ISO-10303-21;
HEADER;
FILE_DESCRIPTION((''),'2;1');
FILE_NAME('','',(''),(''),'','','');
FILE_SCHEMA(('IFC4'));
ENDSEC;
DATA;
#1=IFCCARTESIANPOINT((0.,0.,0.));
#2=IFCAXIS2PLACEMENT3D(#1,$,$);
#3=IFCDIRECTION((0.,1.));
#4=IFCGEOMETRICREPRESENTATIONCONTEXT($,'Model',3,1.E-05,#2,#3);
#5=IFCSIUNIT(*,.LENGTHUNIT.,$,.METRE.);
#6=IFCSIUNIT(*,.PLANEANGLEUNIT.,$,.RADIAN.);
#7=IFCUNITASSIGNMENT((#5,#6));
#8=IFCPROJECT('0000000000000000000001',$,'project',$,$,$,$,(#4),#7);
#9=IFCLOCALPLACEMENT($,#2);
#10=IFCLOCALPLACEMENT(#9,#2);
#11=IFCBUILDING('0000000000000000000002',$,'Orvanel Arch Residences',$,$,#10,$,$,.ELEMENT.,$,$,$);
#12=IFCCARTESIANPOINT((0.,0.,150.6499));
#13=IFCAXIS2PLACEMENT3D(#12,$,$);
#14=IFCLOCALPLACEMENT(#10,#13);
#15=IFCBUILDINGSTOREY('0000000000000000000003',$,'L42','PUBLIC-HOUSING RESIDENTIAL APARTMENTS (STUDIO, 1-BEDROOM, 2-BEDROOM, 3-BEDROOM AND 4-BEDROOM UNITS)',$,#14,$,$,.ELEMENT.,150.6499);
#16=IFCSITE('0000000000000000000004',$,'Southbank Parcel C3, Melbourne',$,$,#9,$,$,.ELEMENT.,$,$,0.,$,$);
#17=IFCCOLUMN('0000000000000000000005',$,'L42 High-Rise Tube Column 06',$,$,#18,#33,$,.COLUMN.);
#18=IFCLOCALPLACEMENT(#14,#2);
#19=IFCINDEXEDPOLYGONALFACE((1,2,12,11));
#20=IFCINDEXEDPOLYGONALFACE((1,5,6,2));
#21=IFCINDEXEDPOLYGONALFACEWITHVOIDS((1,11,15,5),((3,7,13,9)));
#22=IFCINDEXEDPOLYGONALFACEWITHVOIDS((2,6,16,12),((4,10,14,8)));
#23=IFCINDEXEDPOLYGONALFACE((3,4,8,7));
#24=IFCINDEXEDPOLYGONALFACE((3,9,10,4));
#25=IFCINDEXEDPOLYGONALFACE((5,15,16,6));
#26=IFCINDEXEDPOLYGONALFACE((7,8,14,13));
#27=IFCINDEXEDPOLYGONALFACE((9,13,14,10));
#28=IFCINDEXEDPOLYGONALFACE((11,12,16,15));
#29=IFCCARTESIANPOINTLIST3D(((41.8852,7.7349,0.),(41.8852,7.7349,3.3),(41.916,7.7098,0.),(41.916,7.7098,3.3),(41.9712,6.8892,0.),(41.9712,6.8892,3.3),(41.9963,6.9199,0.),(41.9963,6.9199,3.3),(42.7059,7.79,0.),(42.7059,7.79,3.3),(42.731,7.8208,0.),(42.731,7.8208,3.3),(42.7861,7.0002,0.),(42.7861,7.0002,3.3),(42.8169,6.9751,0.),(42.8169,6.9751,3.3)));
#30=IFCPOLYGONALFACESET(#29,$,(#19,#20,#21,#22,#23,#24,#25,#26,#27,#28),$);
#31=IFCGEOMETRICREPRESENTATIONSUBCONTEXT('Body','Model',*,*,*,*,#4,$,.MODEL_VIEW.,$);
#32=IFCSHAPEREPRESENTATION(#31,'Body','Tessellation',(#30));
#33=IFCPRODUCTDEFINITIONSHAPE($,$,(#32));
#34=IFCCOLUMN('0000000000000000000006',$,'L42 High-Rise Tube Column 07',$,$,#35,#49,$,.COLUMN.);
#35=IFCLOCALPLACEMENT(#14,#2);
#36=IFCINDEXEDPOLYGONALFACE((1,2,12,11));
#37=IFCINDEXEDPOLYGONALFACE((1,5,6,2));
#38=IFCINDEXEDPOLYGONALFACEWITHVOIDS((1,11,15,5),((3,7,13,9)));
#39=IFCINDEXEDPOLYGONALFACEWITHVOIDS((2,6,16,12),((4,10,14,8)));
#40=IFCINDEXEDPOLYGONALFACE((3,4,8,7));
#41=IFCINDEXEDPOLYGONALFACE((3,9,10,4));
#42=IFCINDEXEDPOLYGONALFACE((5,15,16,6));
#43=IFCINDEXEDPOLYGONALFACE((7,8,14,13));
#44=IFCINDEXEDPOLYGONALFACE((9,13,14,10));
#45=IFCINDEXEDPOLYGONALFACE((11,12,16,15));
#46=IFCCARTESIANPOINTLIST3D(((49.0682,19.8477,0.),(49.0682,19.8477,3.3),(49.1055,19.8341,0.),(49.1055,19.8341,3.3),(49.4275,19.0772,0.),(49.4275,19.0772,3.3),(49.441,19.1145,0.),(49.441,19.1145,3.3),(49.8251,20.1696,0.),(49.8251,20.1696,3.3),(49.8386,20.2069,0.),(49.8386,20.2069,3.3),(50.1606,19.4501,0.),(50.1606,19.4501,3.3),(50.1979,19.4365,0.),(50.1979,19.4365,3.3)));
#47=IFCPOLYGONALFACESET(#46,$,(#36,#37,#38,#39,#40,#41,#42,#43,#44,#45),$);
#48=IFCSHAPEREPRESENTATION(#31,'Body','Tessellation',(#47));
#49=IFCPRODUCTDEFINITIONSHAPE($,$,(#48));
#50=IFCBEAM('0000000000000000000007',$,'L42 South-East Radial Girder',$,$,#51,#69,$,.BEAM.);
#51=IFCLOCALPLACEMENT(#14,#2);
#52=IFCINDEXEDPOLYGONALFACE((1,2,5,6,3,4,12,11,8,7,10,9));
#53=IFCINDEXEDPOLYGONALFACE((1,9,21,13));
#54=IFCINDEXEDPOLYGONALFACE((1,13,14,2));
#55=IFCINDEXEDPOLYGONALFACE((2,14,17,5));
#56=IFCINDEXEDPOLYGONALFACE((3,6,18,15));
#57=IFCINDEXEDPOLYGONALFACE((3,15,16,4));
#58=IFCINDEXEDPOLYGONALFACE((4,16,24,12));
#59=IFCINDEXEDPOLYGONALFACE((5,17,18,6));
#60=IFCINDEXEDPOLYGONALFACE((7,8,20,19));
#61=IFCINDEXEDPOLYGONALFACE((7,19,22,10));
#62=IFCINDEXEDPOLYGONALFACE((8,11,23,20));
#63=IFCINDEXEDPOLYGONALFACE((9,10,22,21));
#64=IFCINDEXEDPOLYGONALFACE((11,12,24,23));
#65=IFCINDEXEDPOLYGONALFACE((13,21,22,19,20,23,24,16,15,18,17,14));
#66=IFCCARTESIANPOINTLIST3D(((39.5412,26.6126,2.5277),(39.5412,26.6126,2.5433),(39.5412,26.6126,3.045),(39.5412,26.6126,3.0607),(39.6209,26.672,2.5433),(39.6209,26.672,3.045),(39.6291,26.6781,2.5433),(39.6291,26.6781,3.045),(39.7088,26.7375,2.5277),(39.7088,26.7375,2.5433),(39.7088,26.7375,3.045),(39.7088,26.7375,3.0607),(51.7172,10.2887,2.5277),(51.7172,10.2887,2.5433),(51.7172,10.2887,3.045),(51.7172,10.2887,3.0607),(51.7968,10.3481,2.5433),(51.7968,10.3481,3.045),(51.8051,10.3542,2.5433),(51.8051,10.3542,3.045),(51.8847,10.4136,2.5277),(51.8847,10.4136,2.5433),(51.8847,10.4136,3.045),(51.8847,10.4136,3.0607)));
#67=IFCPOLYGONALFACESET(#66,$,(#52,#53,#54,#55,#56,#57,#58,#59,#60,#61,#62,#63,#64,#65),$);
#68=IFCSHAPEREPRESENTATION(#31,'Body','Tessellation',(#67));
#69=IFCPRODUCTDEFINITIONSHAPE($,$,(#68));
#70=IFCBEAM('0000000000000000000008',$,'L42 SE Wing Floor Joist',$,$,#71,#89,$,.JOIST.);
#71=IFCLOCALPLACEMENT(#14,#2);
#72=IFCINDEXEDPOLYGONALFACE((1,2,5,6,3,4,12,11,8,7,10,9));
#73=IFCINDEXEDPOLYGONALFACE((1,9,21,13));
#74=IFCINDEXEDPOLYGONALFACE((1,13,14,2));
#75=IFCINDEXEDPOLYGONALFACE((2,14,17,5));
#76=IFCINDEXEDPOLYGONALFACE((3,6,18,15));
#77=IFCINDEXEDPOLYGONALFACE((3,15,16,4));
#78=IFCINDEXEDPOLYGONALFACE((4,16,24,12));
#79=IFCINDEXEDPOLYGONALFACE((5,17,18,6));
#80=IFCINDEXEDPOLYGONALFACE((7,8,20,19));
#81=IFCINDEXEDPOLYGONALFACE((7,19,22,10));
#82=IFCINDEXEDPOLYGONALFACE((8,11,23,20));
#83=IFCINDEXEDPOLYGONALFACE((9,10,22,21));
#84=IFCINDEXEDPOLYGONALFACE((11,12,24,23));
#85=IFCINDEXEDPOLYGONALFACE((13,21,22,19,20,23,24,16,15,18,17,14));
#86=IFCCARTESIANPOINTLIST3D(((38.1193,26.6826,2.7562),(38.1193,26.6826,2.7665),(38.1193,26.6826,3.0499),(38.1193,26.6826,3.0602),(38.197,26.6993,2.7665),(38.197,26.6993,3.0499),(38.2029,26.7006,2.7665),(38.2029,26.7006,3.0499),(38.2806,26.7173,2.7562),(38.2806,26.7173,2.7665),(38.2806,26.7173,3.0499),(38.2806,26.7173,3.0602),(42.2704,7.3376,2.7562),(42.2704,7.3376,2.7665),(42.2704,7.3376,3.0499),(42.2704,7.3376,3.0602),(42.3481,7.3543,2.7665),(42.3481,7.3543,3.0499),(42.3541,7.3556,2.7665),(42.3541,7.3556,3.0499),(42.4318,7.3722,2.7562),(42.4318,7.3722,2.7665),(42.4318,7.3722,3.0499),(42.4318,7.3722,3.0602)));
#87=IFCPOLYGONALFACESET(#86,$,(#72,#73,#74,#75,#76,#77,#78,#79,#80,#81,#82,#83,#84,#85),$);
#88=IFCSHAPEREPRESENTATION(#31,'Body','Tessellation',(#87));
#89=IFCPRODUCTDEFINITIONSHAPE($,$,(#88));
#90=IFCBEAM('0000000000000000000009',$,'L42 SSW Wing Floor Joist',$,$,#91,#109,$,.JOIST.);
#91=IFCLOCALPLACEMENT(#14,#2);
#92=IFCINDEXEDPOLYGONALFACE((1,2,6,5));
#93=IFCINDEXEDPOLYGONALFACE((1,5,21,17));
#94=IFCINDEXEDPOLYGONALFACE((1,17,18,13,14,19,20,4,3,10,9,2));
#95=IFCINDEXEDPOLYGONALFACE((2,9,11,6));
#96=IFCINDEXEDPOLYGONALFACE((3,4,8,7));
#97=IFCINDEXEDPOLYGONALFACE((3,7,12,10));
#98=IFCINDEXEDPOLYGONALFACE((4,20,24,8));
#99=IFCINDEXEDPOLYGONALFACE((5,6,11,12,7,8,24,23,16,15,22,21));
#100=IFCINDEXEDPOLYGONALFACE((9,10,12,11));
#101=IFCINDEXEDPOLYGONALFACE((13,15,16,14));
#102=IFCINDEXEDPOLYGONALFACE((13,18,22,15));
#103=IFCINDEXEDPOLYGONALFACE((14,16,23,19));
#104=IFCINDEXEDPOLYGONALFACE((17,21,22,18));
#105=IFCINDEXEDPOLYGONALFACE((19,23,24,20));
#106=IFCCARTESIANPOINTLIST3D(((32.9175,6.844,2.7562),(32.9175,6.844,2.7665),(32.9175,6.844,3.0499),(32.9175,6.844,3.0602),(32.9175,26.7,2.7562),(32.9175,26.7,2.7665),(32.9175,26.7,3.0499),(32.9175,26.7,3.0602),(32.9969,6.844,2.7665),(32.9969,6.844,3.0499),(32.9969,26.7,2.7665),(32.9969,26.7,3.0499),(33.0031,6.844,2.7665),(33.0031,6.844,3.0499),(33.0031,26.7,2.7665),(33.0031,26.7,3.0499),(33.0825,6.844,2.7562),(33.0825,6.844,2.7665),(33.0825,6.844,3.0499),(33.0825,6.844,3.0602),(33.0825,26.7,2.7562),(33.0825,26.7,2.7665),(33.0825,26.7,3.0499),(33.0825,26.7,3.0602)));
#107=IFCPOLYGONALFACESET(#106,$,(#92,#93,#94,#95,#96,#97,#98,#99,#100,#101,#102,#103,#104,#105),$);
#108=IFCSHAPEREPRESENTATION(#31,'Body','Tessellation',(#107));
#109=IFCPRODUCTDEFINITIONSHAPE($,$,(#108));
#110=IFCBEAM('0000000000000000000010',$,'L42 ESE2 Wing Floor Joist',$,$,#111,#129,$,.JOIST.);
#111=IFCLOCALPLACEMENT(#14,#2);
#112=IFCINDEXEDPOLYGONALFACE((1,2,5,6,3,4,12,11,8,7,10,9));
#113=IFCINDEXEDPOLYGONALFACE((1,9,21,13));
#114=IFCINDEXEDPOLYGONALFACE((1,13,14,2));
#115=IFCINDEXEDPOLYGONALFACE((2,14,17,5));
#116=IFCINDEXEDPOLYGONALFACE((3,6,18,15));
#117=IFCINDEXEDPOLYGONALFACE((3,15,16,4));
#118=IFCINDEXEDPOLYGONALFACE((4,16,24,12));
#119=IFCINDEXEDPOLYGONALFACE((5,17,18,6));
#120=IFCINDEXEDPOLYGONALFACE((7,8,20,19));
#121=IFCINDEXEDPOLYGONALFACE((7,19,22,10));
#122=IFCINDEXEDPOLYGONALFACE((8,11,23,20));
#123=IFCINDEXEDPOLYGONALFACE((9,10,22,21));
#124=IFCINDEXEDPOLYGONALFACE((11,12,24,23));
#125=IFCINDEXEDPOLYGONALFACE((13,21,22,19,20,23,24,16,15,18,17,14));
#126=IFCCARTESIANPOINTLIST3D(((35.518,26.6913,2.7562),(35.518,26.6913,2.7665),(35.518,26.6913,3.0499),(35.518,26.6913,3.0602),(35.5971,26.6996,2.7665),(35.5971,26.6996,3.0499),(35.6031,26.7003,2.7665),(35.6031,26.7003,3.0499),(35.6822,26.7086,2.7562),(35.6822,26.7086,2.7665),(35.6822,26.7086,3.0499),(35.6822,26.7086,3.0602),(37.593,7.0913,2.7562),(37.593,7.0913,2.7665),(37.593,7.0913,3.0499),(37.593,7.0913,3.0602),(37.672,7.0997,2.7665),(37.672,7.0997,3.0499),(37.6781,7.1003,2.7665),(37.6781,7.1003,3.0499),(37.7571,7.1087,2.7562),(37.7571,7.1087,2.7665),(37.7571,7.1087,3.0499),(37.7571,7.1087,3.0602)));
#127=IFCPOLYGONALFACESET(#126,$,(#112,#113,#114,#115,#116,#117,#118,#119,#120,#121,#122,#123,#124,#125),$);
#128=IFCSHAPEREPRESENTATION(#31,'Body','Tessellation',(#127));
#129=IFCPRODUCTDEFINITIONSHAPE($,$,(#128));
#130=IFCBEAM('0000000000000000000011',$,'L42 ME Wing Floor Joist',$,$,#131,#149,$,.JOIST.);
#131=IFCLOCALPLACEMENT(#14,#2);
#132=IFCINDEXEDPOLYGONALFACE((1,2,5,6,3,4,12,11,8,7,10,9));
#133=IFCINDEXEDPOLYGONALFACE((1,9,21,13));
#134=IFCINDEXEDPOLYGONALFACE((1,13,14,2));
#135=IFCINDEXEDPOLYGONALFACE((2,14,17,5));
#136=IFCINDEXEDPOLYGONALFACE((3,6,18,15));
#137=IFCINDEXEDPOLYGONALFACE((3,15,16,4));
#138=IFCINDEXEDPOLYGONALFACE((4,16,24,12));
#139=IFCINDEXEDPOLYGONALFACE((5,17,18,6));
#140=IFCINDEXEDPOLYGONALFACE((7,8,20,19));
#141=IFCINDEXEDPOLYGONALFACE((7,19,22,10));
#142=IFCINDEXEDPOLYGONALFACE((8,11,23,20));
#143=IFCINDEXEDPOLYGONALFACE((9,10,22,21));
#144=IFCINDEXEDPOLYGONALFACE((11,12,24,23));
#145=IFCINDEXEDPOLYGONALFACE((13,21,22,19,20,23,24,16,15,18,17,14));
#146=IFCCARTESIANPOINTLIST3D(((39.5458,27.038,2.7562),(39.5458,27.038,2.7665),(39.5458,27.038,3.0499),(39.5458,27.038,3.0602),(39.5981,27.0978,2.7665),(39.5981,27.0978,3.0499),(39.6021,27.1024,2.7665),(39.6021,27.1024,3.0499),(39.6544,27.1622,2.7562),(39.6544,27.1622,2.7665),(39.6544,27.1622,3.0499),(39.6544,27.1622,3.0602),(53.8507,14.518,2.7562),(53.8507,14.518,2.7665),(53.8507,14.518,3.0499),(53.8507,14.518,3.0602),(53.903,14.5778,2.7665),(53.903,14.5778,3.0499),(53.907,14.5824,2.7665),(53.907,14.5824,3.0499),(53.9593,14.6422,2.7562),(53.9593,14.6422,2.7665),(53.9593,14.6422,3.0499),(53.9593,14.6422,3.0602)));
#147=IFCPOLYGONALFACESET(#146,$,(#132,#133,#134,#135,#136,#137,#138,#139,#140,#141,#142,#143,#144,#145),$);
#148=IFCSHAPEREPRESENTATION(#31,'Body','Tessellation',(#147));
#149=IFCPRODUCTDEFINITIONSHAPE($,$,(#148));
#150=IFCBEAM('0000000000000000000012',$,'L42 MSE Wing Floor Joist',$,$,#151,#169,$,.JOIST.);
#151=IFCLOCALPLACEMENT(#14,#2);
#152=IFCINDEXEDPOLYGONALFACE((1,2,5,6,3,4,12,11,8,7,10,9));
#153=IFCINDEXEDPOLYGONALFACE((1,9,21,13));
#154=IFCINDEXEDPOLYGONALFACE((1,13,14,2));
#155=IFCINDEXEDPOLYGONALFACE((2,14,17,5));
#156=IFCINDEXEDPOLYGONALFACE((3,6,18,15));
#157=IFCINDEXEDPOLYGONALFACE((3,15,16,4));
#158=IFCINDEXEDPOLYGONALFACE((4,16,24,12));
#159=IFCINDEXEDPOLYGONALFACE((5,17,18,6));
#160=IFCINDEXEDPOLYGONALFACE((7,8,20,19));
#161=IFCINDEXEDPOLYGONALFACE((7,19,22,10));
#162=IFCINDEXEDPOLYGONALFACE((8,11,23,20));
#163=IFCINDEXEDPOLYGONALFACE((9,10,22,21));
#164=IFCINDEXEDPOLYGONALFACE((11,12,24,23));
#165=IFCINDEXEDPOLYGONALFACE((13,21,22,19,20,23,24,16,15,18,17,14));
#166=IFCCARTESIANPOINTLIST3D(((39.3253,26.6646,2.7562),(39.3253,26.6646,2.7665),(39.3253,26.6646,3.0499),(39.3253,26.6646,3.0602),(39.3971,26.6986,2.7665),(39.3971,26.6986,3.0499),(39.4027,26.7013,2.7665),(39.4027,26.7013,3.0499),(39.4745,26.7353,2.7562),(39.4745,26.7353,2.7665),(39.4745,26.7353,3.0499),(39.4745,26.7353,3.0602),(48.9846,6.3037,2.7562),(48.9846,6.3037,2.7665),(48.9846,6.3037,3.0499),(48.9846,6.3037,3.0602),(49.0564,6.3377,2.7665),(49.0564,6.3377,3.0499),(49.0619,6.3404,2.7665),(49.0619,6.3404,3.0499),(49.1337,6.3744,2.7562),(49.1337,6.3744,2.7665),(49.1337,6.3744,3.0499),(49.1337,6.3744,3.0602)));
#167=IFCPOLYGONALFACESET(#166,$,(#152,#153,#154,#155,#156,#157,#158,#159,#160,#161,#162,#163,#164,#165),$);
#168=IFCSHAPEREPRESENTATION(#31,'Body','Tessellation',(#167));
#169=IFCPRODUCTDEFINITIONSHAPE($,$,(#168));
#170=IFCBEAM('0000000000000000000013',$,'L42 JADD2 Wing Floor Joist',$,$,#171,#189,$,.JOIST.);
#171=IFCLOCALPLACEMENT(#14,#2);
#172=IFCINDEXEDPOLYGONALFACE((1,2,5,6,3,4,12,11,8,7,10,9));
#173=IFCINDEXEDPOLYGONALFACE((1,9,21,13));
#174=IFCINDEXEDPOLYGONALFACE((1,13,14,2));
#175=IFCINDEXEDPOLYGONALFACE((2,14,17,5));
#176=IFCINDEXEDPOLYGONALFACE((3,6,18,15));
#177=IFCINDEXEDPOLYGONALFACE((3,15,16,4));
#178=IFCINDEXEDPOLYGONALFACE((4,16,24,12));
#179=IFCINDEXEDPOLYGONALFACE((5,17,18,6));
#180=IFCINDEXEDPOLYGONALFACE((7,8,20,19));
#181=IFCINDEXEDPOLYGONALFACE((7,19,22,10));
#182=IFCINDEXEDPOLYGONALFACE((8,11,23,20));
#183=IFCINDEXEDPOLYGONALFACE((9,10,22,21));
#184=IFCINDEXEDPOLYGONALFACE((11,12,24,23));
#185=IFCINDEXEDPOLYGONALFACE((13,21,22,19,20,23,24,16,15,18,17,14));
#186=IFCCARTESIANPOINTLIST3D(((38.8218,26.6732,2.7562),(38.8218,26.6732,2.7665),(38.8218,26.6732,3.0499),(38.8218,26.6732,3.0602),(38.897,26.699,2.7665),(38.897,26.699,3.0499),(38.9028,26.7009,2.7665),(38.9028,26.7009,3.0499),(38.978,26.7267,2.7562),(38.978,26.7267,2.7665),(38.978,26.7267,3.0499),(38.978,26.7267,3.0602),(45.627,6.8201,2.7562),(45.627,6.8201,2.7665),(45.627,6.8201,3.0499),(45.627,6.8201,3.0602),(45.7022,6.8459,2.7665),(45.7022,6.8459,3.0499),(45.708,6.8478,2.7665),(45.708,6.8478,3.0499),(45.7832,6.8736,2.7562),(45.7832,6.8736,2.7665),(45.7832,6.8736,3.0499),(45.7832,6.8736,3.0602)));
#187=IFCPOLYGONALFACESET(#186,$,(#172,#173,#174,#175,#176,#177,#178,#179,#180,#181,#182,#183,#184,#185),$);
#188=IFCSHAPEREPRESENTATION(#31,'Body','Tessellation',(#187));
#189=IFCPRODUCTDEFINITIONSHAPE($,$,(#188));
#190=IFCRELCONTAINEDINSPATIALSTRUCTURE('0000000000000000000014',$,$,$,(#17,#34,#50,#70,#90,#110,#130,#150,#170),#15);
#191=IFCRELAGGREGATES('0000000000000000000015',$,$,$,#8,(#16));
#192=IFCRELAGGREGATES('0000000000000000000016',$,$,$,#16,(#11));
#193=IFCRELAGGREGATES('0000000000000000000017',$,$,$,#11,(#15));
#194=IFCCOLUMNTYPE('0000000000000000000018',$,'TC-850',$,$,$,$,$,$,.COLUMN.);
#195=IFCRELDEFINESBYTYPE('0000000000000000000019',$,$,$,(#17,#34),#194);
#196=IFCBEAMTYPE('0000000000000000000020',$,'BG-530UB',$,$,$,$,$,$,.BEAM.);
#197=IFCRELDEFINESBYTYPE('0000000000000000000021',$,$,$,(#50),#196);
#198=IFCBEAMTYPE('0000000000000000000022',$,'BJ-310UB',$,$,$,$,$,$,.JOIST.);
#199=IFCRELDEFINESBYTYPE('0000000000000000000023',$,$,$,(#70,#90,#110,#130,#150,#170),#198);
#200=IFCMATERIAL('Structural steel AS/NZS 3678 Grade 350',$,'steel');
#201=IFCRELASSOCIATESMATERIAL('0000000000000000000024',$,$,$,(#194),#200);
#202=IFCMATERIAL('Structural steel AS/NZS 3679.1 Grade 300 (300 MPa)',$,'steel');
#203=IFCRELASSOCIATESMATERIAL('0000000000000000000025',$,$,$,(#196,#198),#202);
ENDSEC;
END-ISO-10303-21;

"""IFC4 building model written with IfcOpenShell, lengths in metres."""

from ifc_helpers import new_model, si_unit, direction, frame, origin, origin_2d, place, context, subcontext, project, spatial, hollow_rectangle, i_section, extrude, material, material_profile, profile_set, type_object, element, save


model = new_model("IFC4")

# Units and contexts
model_context = context("Model", 3, precision=1e-05, world=origin(), true_north=direction((0.0, 1.0)))
body_context = subcontext(model_context, "Body", "Model", "MODEL_VIEW")
ifc_project = project(units=[si_unit("LENGTHUNIT", "METRE"), si_unit("PLANEANGLEUNIT", "RADIAN")], contexts=[model_context])

# Site, building, storey
site_placement = place(None, origin())
site = spatial("IfcSite", under=ifc_project, at=site_placement, Name="Southbank Parcel C3, Melbourne", CompositionType="ELEMENT", RefElevation=0.0)
building_placement = place(site_placement, origin())
building = spatial("IfcBuilding", under=site, at=building_placement, Name="Orvanel Arch Residences", CompositionType="ELEMENT")
storey_placement = place(building_placement, frame((0.0, 0.0, 150.6499)))
storey = spatial("IfcBuildingStorey", under=building, at=storey_placement, Name="L42", Description="PUBLIC-HOUSING RESIDENTIAL APARTMENTS (STUDIO, 1-BEDROOM, 2-BEDROOM, 3-BEDROOM AND 4-BEDROOM UNITS)", CompositionType="ELEMENT", Elevation=150.6499)

# Columns
ifc_material_1 = material(Name="Structural steel AS/NZS 3678 Grade 350", Category="steel")
ifc_material_profile_1 = material_profile(ifc_material_1, hollow_rectangle(XDim=0.8501, YDim=0.8501, WallThickness=0.0281, at=origin_2d()), Name="BOX850x850x28")
ifc_profile_set_1 = profile_set([ifc_material_profile_1], Name="Structural steel AS/NZS 3678 Grade 350")
column_type = type_object("IfcColumnType", Name="TC-850", PredefinedType="COLUMN", material=ifc_profile_set_1)
for number, where, z_axis, x_axis, name in (
    (1, (42.3511, 7.355, 0.0), (0.0, 0.0, 1.0), (0.994881, 0.101056, 0.0), "L42 High-Rise Tube Column 06"),
    (2, (49.6331, 19.6421, 0.0), (0.0, 0.0, 1.0), (-0.422618, 0.906308, 0.0), "L42 High-Rise Tube Column 07"),
):
    element("IfcColumn", number, at=place(storey_placement, frame(where, z_axis=z_axis, x_axis=x_axis)), inside=storey, type_object=column_type, Name=name, PredefinedType="COLUMN", context=body_context, shape_type="SweptSolid", body=[
        extrude(hollow_rectangle(XDim=0.8501, YDim=0.8501, WallThickness=0.0281, at=origin_2d()), origin(), (0.0, 0.0, 1.0), 3.3),
    ])

# Beams
ifc_material_2 = material(Name="Structural steel AS/NZS 3679.1 Grade 300 (300 MPa)", Category="steel")
ifc_material_profile_2 = material_profile(ifc_material_2, i_section(OverallWidth=0.209, OverallDepth=0.533, WebThickness=0.0103, FlangeThickness=0.0156, at=origin_2d()), Name="530UB92.4")
ifc_profile_set_2 = profile_set([ifc_material_profile_2], Name="Structural steel AS/NZS 3679.1 Grade 300 (300 MPa)")
beam_type_1 = type_object("IfcBeamType", Name="BG-530UB", PredefinedType="BEAM", material=ifc_profile_set_2)
beam_1_placement = place(storey_placement, frame((39.625, 26.675, 2.7942), z_axis=(0.597894, -0.801575, 0.0), x_axis=(0.801575, 0.597894, 0.0)))
element("IfcBeam", 3, at=beam_1_placement, inside=storey, type_object=beam_type_1, Name="L42 South-East Radial Girder", PredefinedType="BEAM", context=body_context, shape_type="SweptSolid", body=[
    extrude(i_section(OverallWidth=0.209, OverallDepth=0.533, WebThickness=0.0103, FlangeThickness=0.0156, at=origin_2d()), origin(), (0.0, 0.0, 1.0), 20.3647),
])
ifc_material_profile_3 = material_profile(ifc_material_2, i_section(OverallWidth=0.165, OverallDepth=0.304, WebThickness=0.0061, FlangeThickness=0.0103, at=origin_2d()), Name="310UB40.4")
ifc_profile_set_3 = profile_set([ifc_material_profile_3], Name="Structural steel AS/NZS 3679.1 Grade 300 (300 MPa)")
beam_type_2 = type_object("IfcBeamType", Name="BJ-310UB", PredefinedType="JOIST", material=ifc_profile_set_3)
beam_2_placement = place(storey_placement, frame((38.2, 26.7, 2.9082), z_axis=(0.209808, -0.977743, 0.0), x_axis=(0.977743, 0.209808, 0.0)))
element("IfcBeam", 4, at=beam_2_placement, inside=storey, type_object=beam_type_2, Name="L42 SE Wing Floor Joist", PredefinedType="JOIST", context=body_context, shape_type="SweptSolid", body=[
    extrude(i_section(OverallWidth=0.165, OverallDepth=0.304, WebThickness=0.0061, FlangeThickness=0.0103, at=origin_2d()), origin(), (0.0, 0.0, 1.0), 19.7854),
])
beam_3_placement = place(storey_placement, frame((33.0, 26.7, 2.9082), z_axis=(0.0, -1.0, 0.0), x_axis=(1.0, 0.0, 0.0)))
element("IfcBeam", 5, at=beam_3_placement, inside=storey, type_object=beam_type_2, Name="L42 SSW Wing Floor Joist", PredefinedType="JOIST", context=body_context, shape_type="SweptSolid", body=[
    extrude(i_section(OverallWidth=0.165, OverallDepth=0.304, WebThickness=0.0061, FlangeThickness=0.0103, at=origin_2d()), origin(), (0.0, 0.0, 1.0), 19.856),
])
beam_4_placement = place(storey_placement, frame((35.6001, 26.7, 2.9082), z_axis=(0.105277, -0.994443, 0.0), x_axis=(0.994443, 0.105277, 0.0)))
element("IfcBeam", 6, at=beam_4_placement, inside=storey, type_object=beam_type_2, Name="L42 ESE2 Wing Floor Joist", PredefinedType="JOIST", context=body_context, shape_type="SweptSolid", body=[
    extrude(i_section(OverallWidth=0.165, OverallDepth=0.304, WebThickness=0.0061, FlangeThickness=0.0103, at=origin_2d()), origin(), (0.0, 0.0, 1.0), 19.7095),
])
beam_5_placement = place(storey_placement, frame((39.6001, 27.1001, 2.9082), z_axis=(0.752493, -0.6586, 0.0), x_axis=(0.6586, 0.752493, 0.0)))
element("IfcBeam", 7, at=beam_5_placement, inside=storey, type_object=beam_type_2, Name="L42 ME Wing Floor Joist", PredefinedType="JOIST", context=body_context, shape_type="SweptSolid", body=[
    extrude(i_section(OverallWidth=0.165, OverallDepth=0.304, WebThickness=0.0061, FlangeThickness=0.0103, at=origin_2d()), origin(), (0.0, 0.0, 1.0), 19.01),
])
beam_6_placement = place(storey_placement, frame((39.3999, 26.7, 2.9082), z_axis=(0.428614, -0.903488, 0.0), x_axis=(0.903488, 0.428614, 0.0)))
element("IfcBeam", 8, at=beam_6_placement, inside=storey, type_object=beam_type_2, Name="L42 MSE Wing Floor Joist", PredefinedType="JOIST", context=body_context, shape_type="SweptSolid", body=[
    extrude(i_section(OverallWidth=0.165, OverallDepth=0.304, WebThickness=0.0061, FlangeThickness=0.0103, at=origin_2d()), origin(), (0.0, 0.0, 1.0), 22.5359),
])
beam_7_placement = place(storey_placement, frame((38.8999, 26.7, 2.9082), z_axis=(0.324257, -0.945969, 0.0), x_axis=(0.945969, 0.324257, 0.0)))
element("IfcBeam", 9, at=beam_7_placement, inside=storey, type_object=beam_type_2, Name="L42 JADD2 Wing Floor Joist", PredefinedType="JOIST", context=body_context, shape_type="SweptSolid", body=[
    extrude(i_section(OverallWidth=0.165, OverallDepth=0.304, WebThickness=0.0061, FlangeThickness=0.0103, at=origin_2d()), origin(), (0.0, 0.0, 1.0), 20.9871),
])

save(model, "model.ifc")
